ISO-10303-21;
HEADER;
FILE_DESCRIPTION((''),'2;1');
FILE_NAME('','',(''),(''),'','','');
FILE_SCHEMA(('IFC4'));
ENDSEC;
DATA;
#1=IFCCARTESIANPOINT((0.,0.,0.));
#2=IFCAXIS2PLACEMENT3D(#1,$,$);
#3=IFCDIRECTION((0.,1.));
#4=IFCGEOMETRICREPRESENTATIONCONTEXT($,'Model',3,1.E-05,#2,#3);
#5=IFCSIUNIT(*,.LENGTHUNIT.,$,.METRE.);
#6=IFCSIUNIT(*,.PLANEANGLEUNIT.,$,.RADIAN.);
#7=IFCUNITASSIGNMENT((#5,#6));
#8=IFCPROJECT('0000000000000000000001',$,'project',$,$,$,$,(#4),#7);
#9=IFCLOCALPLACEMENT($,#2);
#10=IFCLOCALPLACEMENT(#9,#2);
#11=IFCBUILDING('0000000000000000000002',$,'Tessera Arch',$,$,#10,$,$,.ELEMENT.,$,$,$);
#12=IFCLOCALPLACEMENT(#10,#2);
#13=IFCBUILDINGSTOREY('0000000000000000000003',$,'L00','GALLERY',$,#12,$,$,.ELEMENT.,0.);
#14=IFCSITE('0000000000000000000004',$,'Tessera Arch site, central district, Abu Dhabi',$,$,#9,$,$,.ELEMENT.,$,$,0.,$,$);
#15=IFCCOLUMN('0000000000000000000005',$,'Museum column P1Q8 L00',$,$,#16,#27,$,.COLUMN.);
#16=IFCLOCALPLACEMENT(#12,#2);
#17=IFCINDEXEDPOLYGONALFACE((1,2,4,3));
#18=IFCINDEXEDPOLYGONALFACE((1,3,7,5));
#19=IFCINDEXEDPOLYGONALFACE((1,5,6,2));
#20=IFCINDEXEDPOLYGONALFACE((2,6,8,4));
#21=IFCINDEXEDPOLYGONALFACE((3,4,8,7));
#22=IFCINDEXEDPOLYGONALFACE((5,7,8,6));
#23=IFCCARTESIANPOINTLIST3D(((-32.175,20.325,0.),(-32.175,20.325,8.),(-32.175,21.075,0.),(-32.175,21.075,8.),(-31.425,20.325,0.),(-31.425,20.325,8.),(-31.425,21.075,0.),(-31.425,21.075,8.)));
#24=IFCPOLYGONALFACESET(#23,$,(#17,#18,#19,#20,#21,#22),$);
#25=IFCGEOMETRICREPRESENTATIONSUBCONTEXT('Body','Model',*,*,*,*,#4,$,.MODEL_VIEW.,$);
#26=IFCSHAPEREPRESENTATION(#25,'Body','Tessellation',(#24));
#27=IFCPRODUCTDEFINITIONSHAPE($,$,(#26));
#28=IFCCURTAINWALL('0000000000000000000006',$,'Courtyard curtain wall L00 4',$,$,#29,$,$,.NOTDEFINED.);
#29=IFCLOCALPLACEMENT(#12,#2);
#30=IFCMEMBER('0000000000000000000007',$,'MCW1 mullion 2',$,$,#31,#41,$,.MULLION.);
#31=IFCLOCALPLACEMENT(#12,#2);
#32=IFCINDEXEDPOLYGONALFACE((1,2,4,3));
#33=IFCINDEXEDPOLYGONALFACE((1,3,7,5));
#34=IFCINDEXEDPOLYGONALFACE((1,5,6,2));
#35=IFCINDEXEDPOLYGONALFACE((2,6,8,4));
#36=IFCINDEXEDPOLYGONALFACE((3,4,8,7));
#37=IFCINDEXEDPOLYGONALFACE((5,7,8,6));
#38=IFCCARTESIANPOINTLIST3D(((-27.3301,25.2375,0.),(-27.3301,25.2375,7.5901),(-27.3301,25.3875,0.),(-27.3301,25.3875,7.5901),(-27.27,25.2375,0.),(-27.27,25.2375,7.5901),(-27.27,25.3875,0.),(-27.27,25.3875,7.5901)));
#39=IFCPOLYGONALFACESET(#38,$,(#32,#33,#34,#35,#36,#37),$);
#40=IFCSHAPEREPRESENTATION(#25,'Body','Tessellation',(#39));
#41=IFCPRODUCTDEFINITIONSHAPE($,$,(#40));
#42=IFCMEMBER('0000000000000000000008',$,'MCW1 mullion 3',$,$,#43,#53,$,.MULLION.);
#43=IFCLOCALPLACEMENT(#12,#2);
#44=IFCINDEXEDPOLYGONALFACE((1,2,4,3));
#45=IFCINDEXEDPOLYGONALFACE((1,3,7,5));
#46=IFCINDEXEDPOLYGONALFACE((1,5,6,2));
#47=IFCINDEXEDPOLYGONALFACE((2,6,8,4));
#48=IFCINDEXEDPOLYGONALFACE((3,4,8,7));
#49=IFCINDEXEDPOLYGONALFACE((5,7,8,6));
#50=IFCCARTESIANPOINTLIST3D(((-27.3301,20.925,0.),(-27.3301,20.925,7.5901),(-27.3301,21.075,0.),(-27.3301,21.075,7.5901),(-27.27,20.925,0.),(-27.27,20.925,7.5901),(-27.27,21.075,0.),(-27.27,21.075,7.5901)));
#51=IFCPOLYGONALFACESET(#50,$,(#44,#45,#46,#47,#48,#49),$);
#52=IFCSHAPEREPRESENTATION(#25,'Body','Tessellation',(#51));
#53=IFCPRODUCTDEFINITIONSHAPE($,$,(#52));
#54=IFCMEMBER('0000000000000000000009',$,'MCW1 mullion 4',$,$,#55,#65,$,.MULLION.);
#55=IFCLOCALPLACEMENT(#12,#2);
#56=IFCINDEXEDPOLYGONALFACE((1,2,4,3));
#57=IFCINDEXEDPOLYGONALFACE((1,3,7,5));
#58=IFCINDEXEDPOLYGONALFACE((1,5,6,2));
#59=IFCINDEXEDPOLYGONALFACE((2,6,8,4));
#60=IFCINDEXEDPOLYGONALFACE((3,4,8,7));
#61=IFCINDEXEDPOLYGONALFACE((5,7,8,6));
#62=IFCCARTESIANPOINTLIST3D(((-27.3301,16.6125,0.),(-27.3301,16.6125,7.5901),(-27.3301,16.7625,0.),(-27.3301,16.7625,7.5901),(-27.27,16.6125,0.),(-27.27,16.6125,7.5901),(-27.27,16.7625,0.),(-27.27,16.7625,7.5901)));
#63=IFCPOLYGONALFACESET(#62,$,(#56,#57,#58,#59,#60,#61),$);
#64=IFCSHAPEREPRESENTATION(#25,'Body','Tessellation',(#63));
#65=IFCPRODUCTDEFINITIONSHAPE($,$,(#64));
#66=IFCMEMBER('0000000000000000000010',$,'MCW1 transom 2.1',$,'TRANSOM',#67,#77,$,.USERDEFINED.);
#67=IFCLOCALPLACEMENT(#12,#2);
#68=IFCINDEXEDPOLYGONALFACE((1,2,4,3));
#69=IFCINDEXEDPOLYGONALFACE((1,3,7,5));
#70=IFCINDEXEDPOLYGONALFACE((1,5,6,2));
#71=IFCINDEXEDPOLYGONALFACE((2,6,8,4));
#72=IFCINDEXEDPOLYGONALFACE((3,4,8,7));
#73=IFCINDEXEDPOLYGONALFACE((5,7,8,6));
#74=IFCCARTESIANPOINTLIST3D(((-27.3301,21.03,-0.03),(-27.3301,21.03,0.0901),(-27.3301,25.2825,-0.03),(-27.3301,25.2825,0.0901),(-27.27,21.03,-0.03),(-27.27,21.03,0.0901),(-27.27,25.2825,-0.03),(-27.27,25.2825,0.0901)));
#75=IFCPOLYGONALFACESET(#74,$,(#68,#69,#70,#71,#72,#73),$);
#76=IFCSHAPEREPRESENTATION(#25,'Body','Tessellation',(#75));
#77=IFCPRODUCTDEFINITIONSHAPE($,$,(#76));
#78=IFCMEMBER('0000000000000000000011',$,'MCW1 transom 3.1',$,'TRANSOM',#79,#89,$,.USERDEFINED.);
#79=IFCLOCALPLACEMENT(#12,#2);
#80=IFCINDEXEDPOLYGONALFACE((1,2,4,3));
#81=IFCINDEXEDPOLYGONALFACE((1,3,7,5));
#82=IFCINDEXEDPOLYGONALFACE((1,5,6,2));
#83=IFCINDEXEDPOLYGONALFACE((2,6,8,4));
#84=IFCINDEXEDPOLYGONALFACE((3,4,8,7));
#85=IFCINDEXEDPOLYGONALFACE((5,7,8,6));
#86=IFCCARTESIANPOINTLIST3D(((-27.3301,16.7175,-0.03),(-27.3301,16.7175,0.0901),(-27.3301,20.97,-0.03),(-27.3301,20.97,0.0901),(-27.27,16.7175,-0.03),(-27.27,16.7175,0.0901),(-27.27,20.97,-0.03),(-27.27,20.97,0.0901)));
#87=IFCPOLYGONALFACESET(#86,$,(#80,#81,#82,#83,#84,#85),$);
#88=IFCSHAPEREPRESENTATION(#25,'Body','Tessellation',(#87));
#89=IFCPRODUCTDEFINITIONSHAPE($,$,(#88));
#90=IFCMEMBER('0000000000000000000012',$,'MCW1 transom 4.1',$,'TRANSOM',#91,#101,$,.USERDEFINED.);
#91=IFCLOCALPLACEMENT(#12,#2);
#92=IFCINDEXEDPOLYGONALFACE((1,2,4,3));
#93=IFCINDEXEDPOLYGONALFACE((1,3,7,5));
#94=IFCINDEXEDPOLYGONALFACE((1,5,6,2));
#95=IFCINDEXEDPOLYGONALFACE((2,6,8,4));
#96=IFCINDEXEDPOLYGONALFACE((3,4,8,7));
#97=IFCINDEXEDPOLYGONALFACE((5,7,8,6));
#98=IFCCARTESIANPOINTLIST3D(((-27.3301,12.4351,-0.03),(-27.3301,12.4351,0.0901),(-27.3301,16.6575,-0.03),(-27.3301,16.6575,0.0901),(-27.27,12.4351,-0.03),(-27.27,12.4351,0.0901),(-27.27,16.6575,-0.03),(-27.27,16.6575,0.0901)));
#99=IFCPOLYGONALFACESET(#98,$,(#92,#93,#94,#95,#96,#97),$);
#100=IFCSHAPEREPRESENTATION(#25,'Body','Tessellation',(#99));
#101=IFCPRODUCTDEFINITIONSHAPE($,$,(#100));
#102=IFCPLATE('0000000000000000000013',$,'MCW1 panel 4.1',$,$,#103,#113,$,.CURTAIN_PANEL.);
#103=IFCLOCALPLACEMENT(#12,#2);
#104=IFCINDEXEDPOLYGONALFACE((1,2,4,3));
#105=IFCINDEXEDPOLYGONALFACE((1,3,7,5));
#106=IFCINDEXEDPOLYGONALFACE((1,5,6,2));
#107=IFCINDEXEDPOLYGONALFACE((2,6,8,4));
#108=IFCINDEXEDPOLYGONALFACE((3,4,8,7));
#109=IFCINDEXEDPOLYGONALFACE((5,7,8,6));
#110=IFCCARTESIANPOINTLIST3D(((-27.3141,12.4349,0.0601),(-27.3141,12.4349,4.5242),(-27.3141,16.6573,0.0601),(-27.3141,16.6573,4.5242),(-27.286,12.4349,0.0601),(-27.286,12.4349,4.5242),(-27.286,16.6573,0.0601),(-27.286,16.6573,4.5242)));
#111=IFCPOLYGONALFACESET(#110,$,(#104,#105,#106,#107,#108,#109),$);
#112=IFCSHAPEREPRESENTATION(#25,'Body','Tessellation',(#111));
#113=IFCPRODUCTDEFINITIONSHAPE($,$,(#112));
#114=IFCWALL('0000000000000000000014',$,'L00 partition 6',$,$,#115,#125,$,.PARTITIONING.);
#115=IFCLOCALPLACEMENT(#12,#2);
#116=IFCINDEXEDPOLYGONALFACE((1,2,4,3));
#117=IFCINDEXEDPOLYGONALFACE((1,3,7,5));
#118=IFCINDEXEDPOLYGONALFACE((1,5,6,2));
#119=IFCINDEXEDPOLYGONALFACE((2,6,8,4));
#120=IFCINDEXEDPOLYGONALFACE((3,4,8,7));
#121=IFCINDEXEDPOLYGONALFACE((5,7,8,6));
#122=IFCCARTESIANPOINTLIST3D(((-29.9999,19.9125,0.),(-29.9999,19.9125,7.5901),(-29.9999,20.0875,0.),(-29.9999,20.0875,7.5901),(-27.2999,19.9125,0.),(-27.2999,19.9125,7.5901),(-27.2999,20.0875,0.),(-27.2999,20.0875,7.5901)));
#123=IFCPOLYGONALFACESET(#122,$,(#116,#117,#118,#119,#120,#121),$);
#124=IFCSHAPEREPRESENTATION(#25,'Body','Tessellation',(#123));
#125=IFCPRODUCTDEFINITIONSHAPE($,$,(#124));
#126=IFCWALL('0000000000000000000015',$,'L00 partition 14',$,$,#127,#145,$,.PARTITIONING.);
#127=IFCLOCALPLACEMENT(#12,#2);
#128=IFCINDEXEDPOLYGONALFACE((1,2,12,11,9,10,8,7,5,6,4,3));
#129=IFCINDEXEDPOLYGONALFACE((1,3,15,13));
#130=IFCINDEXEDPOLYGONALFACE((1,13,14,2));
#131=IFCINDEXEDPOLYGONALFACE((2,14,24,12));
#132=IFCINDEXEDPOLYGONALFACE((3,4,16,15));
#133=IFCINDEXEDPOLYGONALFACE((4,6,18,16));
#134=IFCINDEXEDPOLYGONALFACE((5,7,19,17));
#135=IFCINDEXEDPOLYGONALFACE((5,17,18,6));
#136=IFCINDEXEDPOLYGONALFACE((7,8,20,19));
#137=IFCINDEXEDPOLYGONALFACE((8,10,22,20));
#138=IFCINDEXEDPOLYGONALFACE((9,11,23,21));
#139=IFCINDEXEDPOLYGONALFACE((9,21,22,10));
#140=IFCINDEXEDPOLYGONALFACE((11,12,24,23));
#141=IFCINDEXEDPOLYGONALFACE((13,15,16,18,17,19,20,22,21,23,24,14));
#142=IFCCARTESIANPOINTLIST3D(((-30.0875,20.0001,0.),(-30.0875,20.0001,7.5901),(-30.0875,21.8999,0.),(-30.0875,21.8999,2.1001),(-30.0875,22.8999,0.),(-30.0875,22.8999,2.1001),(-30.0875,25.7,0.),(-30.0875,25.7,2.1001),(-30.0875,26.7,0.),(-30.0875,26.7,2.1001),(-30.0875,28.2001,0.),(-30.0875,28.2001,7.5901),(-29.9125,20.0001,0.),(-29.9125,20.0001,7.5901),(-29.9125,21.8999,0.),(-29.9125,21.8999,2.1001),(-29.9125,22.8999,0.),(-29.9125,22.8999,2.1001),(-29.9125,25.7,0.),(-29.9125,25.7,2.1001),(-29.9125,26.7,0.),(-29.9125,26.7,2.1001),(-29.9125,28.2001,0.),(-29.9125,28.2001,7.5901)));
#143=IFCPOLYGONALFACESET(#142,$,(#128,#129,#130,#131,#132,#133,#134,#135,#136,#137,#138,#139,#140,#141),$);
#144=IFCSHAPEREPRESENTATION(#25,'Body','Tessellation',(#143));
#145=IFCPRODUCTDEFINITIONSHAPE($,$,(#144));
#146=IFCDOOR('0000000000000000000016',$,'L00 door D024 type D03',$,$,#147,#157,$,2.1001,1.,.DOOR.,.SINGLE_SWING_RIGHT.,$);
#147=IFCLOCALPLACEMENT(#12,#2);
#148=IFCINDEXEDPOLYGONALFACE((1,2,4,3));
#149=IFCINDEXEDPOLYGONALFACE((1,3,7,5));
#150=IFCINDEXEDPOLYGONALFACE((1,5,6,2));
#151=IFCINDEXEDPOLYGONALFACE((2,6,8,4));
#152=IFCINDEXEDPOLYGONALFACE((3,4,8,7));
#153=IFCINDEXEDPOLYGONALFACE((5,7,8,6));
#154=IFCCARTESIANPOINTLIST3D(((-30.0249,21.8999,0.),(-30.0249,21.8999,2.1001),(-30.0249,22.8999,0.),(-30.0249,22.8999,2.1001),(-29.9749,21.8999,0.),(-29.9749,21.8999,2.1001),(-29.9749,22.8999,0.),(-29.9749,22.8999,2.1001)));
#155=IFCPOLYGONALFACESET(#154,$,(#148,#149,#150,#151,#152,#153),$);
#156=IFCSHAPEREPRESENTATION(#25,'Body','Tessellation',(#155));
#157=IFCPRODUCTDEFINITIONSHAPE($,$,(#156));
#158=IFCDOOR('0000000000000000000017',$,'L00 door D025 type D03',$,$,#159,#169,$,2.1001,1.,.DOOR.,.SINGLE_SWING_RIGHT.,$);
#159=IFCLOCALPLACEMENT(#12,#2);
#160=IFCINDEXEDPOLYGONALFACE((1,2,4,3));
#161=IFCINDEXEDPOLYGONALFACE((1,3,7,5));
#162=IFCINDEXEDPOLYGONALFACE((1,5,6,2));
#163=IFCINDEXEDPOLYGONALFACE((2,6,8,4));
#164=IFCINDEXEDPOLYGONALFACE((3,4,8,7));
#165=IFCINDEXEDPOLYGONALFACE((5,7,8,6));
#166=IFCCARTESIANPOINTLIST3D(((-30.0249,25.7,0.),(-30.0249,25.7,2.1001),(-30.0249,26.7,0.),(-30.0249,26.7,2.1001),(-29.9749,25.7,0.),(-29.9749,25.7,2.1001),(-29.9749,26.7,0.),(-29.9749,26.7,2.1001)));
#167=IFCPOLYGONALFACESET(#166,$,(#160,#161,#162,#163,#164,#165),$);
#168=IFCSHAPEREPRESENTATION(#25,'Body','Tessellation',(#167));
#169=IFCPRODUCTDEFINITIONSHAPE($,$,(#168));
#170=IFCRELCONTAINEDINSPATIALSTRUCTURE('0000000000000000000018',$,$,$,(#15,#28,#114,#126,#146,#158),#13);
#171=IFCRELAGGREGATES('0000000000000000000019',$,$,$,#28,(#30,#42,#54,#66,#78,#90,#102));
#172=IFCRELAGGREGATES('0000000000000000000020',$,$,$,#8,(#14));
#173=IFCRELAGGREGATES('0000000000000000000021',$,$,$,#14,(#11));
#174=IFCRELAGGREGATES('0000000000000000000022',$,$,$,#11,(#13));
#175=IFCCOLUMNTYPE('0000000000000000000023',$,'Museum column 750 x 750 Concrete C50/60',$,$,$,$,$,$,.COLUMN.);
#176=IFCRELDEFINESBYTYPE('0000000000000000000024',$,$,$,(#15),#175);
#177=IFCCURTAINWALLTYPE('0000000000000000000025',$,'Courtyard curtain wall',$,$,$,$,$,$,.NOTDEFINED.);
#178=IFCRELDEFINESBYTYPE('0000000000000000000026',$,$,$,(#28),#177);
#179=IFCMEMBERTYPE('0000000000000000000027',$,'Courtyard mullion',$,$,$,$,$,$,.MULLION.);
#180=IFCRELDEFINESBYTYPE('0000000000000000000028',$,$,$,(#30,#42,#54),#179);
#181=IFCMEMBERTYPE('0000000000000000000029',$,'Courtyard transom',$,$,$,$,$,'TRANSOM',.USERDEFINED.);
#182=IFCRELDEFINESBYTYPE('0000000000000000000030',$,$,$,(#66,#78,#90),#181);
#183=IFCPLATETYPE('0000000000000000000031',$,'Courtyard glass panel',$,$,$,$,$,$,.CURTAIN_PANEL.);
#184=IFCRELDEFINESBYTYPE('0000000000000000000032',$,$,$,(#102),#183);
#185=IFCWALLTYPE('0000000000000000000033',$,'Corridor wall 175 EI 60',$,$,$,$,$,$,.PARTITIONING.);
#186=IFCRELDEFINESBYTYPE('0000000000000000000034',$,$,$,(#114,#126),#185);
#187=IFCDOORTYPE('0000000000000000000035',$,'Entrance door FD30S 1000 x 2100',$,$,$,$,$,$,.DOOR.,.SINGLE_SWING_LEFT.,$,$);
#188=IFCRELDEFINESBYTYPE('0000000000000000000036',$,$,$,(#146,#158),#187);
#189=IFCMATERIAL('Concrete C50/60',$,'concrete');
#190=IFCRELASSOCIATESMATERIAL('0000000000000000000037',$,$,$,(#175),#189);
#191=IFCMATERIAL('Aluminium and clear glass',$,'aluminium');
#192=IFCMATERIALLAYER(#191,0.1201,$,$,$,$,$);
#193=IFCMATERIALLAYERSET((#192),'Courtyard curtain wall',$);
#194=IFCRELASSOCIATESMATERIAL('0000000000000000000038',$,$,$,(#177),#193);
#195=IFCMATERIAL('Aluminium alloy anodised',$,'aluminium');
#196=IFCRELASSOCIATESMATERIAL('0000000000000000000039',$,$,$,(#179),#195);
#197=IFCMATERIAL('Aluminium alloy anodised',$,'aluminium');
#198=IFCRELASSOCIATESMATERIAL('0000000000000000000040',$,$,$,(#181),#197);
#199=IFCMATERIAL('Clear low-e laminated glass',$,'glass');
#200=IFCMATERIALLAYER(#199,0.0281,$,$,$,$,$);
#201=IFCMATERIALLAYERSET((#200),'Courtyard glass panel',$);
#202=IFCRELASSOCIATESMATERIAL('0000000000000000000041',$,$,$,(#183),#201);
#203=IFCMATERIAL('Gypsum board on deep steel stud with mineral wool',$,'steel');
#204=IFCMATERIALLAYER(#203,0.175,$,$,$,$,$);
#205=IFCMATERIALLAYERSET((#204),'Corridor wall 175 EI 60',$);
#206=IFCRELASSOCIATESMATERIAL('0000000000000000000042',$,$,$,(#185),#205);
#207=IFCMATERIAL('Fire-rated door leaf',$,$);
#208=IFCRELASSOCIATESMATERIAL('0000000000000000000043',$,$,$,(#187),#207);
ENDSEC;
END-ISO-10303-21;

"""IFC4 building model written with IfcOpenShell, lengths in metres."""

from ifc_helpers import new_model, si_unit, direction, frame, frame_2d, origin, origin_2d, place, context, subcontext, project, spatial, rectangle, extrude, material, layer, layer_set, material_profile, profile_set, type_object, element, fill, aggregate, save


model = new_model("IFC4")

# Units and contexts
model_context = context("Model", 3, precision=1e-05, world=origin(), true_north=direction((0.0, 1.0)))
body_context = subcontext(model_context, "Body", "Model", "MODEL_VIEW")
ifc_project = project(units=[si_unit("LENGTHUNIT", "METRE"), si_unit("PLANEANGLEUNIT", "RADIAN")], contexts=[model_context])

# Site, building, storey
site_placement = place(None, origin())
site = spatial("IfcSite", under=ifc_project, at=site_placement, Name="Tessera Arch site, central district, Abu Dhabi", CompositionType="ELEMENT", RefElevation=0.0)
building_placement = place(site_placement, origin())
building = spatial("IfcBuilding", under=site, at=building_placement, Name="Tessera Arch", CompositionType="ELEMENT")
storey_placement = place(building_placement, origin())
storey = spatial("IfcBuildingStorey", under=building, at=storey_placement, Name="L00", Description="GALLERY", CompositionType="ELEMENT", Elevation=0.0)

# Column
ifc_material_1 = material(Name="Concrete C50/60", Category="concrete")
ifc_material_profile_1 = material_profile(ifc_material_1, rectangle(XDim=0.75, YDim=0.75, at=origin_2d()), Name="Museum column 750 x 750 Concrete C50/60")
ifc_profile_set_1 = profile_set([ifc_material_profile_1], Name="Concrete C50/60")
column_type = type_object("IfcColumnType", Name="Museum column 750 x 750 Concrete C50/60", PredefinedType="COLUMN", material=ifc_profile_set_1)
column_placement = place(storey_placement, frame((-31.8, 20.7, 0.0), z_axis=(0.0, 0.0, 1.0), x_axis=(1.0, 0.0, 0.0)))
element("IfcColumn", 1, at=column_placement, inside=storey, type_object=column_type, Name="Museum column P1Q8 L00", PredefinedType="COLUMN", context=body_context, shape_type="SweptSolid", body=[
    extrude(rectangle(XDim=0.75, YDim=0.75, at=origin_2d()), origin(), (0.0, 0.0, 1.0), 8.0),
])

# Curtain wall, members, plate
ifc_material_2 = material(Name="Aluminium and clear glass", Category="aluminium")
ifc_layer_1 = layer(ifc_material_2, 0.1201)
ifc_layer_set_1 = layer_set([ifc_layer_1], Name="Courtyard curtain wall")
curtain_wall_type = type_object("IfcCurtainWallType", Name="Courtyard curtain wall", PredefinedType="NOTDEFINED", material=ifc_layer_set_1)
curtain_wall_placement = place(storey_placement, origin())
curtain_wall = element("IfcCurtainWall", 2, at=curtain_wall_placement, inside=storey, type_object=curtain_wall_type, Name="Courtyard curtain wall L00 4", PredefinedType="NOTDEFINED")
ifc_material_3 = material(Name="Aluminium alloy anodised", Category="aluminium")
ifc_material_profile_2 = material_profile(ifc_material_3, rectangle(XDim=0.0601, YDim=0.1499, at=origin_2d()), Name="Courtyard mullion")
ifc_profile_set_2 = profile_set([ifc_material_profile_2], Name="Aluminium alloy anodised")
member_type_1 = type_object("IfcMemberType", Name="Courtyard mullion", PredefinedType="MULLION", material=ifc_profile_set_2)
member_1_placement = place(storey_placement, frame((-27.3, 25.3125, 0.0), z_axis=(0.0, 0.0, 1.0), x_axis=(1.0, 0.0, 0.0)))
member_1 = element("IfcMember", 3, at=member_1_placement, type_object=member_type_1, Name="MCW1 mullion 2", PredefinedType="MULLION", context=body_context, shape_type="SweptSolid", body=[
    extrude(rectangle(XDim=0.0601, YDim=0.1499, at=origin_2d()), origin(), (0.0, 0.0, 1.0), 7.5901),
])
member_2_placement = place(storey_placement, frame((-27.3, 21.0, 0.0), z_axis=(0.0, 0.0, 1.0), x_axis=(1.0, 0.0, 0.0)))
member_2 = element("IfcMember", 4, at=member_2_placement, type_object=member_type_1, Name="MCW1 mullion 3", PredefinedType="MULLION", context=body_context, shape_type="SweptSolid", body=[
    extrude(rectangle(XDim=0.0601, YDim=0.1499, at=origin_2d()), origin(), (0.0, 0.0, 1.0), 7.5901),
])
member_3_placement = place(storey_placement, frame((-27.3, 16.6875, 0.0), z_axis=(0.0, 0.0, 1.0), x_axis=(1.0, 0.0, 0.0)))
member_3 = element("IfcMember", 5, at=member_3_placement, type_object=member_type_1, Name="MCW1 mullion 4", PredefinedType="MULLION", context=body_context, shape_type="SweptSolid", body=[
    extrude(rectangle(XDim=0.0601, YDim=0.1499, at=origin_2d()), origin(), (0.0, 0.0, 1.0), 7.5901),
])
ifc_material_4 = material(Name="Aluminium alloy anodised", Category="aluminium")
ifc_material_profile_3 = material_profile(ifc_material_4, rectangle(XDim=0.0601, YDim=0.1201, at=origin_2d()), Name="Courtyard transom")
ifc_profile_set_3 = profile_set([ifc_material_profile_3], Name="Aluminium alloy anodised")
member_type_2 = type_object("IfcMemberType", Name="Courtyard transom", ElementType="TRANSOM", PredefinedType="USERDEFINED", material=ifc_profile_set_3)
member_4_placement = place(storey_placement, frame((-27.3, 25.2825, 0.03), z_axis=(0.0, -1.0, 0.0), x_axis=(1.0, 0.0, 0.0)))
member_4 = element("IfcMember", 6, at=member_4_placement, type_object=member_type_2, Name="MCW1 transom 2.1", ObjectType="TRANSOM", PredefinedType="USERDEFINED", context=body_context, shape_type="SweptSolid", body=[
    extrude(rectangle(XDim=0.0601, YDim=0.1201, at=origin_2d()), origin(), (0.0, 0.0, 1.0), 4.2524),
])
member_5_placement = place(storey_placement, frame((-27.3, 20.97, 0.03), z_axis=(0.0, -1.0, 0.0), x_axis=(1.0, 0.0, 0.0)))
member_5 = element("IfcMember", 7, at=member_5_placement, type_object=member_type_2, Name="MCW1 transom 3.1", ObjectType="TRANSOM", PredefinedType="USERDEFINED", context=body_context, shape_type="SweptSolid", body=[
    extrude(rectangle(XDim=0.0601, YDim=0.1201, at=origin_2d()), origin(), (0.0, 0.0, 1.0), 4.2524),
])
member_6_placement = place(storey_placement, frame((-27.3, 16.6575, 0.03), z_axis=(0.0, -1.0, 0.0), x_axis=(1.0, 0.0, 0.0)))
member_6 = element("IfcMember", 8, at=member_6_placement, type_object=member_type_2, Name="MCW1 transom 4.1", ObjectType="TRANSOM", PredefinedType="USERDEFINED", context=body_context, shape_type="SweptSolid", body=[
    extrude(rectangle(XDim=0.0601, YDim=0.1201, at=origin_2d()), origin(), (0.0, 0.0, 1.0), 4.2224),
])
ifc_material_5 = material(Name="Clear low-e laminated glass", Category="glass")
ifc_layer_2 = layer(ifc_material_5, 0.0281)
ifc_layer_set_2 = layer_set([ifc_layer_2], Name="Courtyard glass panel")
plate_type = type_object("IfcPlateType", Name="Courtyard glass panel", PredefinedType="CURTAIN_PANEL", material=ifc_layer_set_2)
plate_placement = place(storey_placement, frame((-27.3, 14.5461, 0.0601), z_axis=(0.0, 0.0, 1.0), x_axis=(0.0, -1.0, 0.0)))
plate = element("IfcPlate", 9, at=plate_placement, type_object=plate_type, Name="MCW1 panel 4.1", PredefinedType="CURTAIN_PANEL", context=body_context, shape_type="SweptSolid", body=[
    extrude(rectangle(XDim=4.2224, YDim=0.0281, at=origin_2d()), origin(), (0.0, 0.0, 1.0), 4.4641),
])
aggregate(curtain_wall, [member_1, member_2, member_3, member_4, member_5, member_6, plate])

# Wall
ifc_material_6 = material(Name="Gypsum board on deep steel stud with mineral wool", Category="steel")
ifc_layer_3 = layer(ifc_material_6, 0.175)
ifc_layer_set_3 = layer_set([ifc_layer_3], Name="Corridor wall 175 EI 60")
wall_type_1 = type_object("IfcWallType", Name="Corridor wall 175 EI 60", PredefinedType="PARTITIONING", material=ifc_layer_set_3)
wall_1_placement = place(storey_placement, frame((-30.0, 20.0, 0.0), z_axis=(0.0, 0.0, 1.0), x_axis=(1.0, 0.0, 0.0)))
element("IfcWall", 10, at=wall_1_placement, inside=storey, type_object=wall_type_1, Name="L00 partition 6", PredefinedType="PARTITIONING", context=body_context, shape_type="SweptSolid", body=[
    extrude(rectangle(XDim=2.7, YDim=0.175, at=frame_2d((1.3501, 0.0))), origin(), (0.0, 0.0, 1.0), 7.5901),
])

# Wall, openings, doors
wall_2_placement = place(storey_placement, frame((-30.0, 20.0, 0.0), z_axis=(0.0, 0.0, 1.0), x_axis=(0.0, 1.0, 0.0)))
wall_2 = element("IfcWall", 11, at=wall_2_placement, inside=storey, type_object=wall_type_1, Name="L00 partition 14", PredefinedType="PARTITIONING", context=body_context, shape_type="SweptSolid", body=[
    extrude(rectangle(XDim=8.2, YDim=0.175, at=frame_2d((4.1001, 0.0))), origin(), (0.0, 0.0, 1.0), 7.5901),
])
opening_1_placement = place(wall_2_placement, frame((1.8999, 0.0, 0.0)))
opening_1 = element("IfcOpeningElement", 12, at=opening_1_placement, cuts=wall_2, PredefinedType="OPENING", context=body_context, shape_type="SweptSolid", body=[
    extrude(rectangle(XDim=1.0, YDim=2.1001, at=frame_2d((0.5, 1.05))), frame((0.0, 0.0974, 0.0), z_axis=(0.0, -1.0, 0.0), x_axis=(1.0, 0.0, 0.0)), (0.0, 0.0, 1.0), 0.1951),
])
opening_2_placement = place(wall_2_placement, frame((5.7, 0.0, 0.0)))
opening_2 = element("IfcOpeningElement", 13, at=opening_2_placement, cuts=wall_2, PredefinedType="OPENING", context=body_context, shape_type="SweptSolid", body=[
    extrude(rectangle(XDim=1.0, YDim=2.1001, at=frame_2d((0.5, 1.05))), frame((0.0, 0.0974, 0.0), z_axis=(0.0, -1.0, 0.0), x_axis=(1.0, 0.0, 0.0)), (0.0, 0.0, 1.0), 0.1951),
])
ifc_material_7 = material(Name="Fire-rated door leaf")
door_type_1 = type_object("IfcDoorType", Name="Entrance door FD30S 1000 x 2100", OperationType="SINGLE_SWING_LEFT", PredefinedType="DOOR", material=ifc_material_7)
door_1_placement = place(opening_1_placement, origin())
door_1 = element("IfcDoor", 14, at=door_1_placement, inside=storey, type_object=door_type_1, Name="L00 door D024 type D03", OperationType="SINGLE_SWING_RIGHT", OverallHeight=2.1001, OverallWidth=1.0, PredefinedType="DOOR", context=body_context, shape_type="SweptSolid", body=[
    extrude(rectangle(XDim=1.0, YDim=2.1001, at=frame_2d((0.5, 1.05))), frame((0.0, 0.0249, 0.0), z_axis=(0.0, -1.0, 0.0), x_axis=(1.0, 0.0, 0.0)), (0.0, 0.0, 1.0), 0.05),
])
fill(opening_1, door_1)
door_2_placement = place(opening_2_placement, origin())
door_2 = element("IfcDoor", 15, at=door_2_placement, inside=storey, type_object=door_type_1, Name="L00 door D025 type D03", OperationType="SINGLE_SWING_RIGHT", OverallHeight=2.1001, OverallWidth=1.0, PredefinedType="DOOR", context=body_context, shape_type="SweptSolid", body=[
    extrude(rectangle(XDim=1.0, YDim=2.1001, at=frame_2d((0.5, 1.05))), frame((0.0, 0.0249, 0.0), z_axis=(0.0, -1.0, 0.0), x_axis=(1.0, 0.0, 0.0)), (0.0, 0.0, 1.0), 0.05),
])
fill(opening_2, door_2)

save(model, "model.ifc")
